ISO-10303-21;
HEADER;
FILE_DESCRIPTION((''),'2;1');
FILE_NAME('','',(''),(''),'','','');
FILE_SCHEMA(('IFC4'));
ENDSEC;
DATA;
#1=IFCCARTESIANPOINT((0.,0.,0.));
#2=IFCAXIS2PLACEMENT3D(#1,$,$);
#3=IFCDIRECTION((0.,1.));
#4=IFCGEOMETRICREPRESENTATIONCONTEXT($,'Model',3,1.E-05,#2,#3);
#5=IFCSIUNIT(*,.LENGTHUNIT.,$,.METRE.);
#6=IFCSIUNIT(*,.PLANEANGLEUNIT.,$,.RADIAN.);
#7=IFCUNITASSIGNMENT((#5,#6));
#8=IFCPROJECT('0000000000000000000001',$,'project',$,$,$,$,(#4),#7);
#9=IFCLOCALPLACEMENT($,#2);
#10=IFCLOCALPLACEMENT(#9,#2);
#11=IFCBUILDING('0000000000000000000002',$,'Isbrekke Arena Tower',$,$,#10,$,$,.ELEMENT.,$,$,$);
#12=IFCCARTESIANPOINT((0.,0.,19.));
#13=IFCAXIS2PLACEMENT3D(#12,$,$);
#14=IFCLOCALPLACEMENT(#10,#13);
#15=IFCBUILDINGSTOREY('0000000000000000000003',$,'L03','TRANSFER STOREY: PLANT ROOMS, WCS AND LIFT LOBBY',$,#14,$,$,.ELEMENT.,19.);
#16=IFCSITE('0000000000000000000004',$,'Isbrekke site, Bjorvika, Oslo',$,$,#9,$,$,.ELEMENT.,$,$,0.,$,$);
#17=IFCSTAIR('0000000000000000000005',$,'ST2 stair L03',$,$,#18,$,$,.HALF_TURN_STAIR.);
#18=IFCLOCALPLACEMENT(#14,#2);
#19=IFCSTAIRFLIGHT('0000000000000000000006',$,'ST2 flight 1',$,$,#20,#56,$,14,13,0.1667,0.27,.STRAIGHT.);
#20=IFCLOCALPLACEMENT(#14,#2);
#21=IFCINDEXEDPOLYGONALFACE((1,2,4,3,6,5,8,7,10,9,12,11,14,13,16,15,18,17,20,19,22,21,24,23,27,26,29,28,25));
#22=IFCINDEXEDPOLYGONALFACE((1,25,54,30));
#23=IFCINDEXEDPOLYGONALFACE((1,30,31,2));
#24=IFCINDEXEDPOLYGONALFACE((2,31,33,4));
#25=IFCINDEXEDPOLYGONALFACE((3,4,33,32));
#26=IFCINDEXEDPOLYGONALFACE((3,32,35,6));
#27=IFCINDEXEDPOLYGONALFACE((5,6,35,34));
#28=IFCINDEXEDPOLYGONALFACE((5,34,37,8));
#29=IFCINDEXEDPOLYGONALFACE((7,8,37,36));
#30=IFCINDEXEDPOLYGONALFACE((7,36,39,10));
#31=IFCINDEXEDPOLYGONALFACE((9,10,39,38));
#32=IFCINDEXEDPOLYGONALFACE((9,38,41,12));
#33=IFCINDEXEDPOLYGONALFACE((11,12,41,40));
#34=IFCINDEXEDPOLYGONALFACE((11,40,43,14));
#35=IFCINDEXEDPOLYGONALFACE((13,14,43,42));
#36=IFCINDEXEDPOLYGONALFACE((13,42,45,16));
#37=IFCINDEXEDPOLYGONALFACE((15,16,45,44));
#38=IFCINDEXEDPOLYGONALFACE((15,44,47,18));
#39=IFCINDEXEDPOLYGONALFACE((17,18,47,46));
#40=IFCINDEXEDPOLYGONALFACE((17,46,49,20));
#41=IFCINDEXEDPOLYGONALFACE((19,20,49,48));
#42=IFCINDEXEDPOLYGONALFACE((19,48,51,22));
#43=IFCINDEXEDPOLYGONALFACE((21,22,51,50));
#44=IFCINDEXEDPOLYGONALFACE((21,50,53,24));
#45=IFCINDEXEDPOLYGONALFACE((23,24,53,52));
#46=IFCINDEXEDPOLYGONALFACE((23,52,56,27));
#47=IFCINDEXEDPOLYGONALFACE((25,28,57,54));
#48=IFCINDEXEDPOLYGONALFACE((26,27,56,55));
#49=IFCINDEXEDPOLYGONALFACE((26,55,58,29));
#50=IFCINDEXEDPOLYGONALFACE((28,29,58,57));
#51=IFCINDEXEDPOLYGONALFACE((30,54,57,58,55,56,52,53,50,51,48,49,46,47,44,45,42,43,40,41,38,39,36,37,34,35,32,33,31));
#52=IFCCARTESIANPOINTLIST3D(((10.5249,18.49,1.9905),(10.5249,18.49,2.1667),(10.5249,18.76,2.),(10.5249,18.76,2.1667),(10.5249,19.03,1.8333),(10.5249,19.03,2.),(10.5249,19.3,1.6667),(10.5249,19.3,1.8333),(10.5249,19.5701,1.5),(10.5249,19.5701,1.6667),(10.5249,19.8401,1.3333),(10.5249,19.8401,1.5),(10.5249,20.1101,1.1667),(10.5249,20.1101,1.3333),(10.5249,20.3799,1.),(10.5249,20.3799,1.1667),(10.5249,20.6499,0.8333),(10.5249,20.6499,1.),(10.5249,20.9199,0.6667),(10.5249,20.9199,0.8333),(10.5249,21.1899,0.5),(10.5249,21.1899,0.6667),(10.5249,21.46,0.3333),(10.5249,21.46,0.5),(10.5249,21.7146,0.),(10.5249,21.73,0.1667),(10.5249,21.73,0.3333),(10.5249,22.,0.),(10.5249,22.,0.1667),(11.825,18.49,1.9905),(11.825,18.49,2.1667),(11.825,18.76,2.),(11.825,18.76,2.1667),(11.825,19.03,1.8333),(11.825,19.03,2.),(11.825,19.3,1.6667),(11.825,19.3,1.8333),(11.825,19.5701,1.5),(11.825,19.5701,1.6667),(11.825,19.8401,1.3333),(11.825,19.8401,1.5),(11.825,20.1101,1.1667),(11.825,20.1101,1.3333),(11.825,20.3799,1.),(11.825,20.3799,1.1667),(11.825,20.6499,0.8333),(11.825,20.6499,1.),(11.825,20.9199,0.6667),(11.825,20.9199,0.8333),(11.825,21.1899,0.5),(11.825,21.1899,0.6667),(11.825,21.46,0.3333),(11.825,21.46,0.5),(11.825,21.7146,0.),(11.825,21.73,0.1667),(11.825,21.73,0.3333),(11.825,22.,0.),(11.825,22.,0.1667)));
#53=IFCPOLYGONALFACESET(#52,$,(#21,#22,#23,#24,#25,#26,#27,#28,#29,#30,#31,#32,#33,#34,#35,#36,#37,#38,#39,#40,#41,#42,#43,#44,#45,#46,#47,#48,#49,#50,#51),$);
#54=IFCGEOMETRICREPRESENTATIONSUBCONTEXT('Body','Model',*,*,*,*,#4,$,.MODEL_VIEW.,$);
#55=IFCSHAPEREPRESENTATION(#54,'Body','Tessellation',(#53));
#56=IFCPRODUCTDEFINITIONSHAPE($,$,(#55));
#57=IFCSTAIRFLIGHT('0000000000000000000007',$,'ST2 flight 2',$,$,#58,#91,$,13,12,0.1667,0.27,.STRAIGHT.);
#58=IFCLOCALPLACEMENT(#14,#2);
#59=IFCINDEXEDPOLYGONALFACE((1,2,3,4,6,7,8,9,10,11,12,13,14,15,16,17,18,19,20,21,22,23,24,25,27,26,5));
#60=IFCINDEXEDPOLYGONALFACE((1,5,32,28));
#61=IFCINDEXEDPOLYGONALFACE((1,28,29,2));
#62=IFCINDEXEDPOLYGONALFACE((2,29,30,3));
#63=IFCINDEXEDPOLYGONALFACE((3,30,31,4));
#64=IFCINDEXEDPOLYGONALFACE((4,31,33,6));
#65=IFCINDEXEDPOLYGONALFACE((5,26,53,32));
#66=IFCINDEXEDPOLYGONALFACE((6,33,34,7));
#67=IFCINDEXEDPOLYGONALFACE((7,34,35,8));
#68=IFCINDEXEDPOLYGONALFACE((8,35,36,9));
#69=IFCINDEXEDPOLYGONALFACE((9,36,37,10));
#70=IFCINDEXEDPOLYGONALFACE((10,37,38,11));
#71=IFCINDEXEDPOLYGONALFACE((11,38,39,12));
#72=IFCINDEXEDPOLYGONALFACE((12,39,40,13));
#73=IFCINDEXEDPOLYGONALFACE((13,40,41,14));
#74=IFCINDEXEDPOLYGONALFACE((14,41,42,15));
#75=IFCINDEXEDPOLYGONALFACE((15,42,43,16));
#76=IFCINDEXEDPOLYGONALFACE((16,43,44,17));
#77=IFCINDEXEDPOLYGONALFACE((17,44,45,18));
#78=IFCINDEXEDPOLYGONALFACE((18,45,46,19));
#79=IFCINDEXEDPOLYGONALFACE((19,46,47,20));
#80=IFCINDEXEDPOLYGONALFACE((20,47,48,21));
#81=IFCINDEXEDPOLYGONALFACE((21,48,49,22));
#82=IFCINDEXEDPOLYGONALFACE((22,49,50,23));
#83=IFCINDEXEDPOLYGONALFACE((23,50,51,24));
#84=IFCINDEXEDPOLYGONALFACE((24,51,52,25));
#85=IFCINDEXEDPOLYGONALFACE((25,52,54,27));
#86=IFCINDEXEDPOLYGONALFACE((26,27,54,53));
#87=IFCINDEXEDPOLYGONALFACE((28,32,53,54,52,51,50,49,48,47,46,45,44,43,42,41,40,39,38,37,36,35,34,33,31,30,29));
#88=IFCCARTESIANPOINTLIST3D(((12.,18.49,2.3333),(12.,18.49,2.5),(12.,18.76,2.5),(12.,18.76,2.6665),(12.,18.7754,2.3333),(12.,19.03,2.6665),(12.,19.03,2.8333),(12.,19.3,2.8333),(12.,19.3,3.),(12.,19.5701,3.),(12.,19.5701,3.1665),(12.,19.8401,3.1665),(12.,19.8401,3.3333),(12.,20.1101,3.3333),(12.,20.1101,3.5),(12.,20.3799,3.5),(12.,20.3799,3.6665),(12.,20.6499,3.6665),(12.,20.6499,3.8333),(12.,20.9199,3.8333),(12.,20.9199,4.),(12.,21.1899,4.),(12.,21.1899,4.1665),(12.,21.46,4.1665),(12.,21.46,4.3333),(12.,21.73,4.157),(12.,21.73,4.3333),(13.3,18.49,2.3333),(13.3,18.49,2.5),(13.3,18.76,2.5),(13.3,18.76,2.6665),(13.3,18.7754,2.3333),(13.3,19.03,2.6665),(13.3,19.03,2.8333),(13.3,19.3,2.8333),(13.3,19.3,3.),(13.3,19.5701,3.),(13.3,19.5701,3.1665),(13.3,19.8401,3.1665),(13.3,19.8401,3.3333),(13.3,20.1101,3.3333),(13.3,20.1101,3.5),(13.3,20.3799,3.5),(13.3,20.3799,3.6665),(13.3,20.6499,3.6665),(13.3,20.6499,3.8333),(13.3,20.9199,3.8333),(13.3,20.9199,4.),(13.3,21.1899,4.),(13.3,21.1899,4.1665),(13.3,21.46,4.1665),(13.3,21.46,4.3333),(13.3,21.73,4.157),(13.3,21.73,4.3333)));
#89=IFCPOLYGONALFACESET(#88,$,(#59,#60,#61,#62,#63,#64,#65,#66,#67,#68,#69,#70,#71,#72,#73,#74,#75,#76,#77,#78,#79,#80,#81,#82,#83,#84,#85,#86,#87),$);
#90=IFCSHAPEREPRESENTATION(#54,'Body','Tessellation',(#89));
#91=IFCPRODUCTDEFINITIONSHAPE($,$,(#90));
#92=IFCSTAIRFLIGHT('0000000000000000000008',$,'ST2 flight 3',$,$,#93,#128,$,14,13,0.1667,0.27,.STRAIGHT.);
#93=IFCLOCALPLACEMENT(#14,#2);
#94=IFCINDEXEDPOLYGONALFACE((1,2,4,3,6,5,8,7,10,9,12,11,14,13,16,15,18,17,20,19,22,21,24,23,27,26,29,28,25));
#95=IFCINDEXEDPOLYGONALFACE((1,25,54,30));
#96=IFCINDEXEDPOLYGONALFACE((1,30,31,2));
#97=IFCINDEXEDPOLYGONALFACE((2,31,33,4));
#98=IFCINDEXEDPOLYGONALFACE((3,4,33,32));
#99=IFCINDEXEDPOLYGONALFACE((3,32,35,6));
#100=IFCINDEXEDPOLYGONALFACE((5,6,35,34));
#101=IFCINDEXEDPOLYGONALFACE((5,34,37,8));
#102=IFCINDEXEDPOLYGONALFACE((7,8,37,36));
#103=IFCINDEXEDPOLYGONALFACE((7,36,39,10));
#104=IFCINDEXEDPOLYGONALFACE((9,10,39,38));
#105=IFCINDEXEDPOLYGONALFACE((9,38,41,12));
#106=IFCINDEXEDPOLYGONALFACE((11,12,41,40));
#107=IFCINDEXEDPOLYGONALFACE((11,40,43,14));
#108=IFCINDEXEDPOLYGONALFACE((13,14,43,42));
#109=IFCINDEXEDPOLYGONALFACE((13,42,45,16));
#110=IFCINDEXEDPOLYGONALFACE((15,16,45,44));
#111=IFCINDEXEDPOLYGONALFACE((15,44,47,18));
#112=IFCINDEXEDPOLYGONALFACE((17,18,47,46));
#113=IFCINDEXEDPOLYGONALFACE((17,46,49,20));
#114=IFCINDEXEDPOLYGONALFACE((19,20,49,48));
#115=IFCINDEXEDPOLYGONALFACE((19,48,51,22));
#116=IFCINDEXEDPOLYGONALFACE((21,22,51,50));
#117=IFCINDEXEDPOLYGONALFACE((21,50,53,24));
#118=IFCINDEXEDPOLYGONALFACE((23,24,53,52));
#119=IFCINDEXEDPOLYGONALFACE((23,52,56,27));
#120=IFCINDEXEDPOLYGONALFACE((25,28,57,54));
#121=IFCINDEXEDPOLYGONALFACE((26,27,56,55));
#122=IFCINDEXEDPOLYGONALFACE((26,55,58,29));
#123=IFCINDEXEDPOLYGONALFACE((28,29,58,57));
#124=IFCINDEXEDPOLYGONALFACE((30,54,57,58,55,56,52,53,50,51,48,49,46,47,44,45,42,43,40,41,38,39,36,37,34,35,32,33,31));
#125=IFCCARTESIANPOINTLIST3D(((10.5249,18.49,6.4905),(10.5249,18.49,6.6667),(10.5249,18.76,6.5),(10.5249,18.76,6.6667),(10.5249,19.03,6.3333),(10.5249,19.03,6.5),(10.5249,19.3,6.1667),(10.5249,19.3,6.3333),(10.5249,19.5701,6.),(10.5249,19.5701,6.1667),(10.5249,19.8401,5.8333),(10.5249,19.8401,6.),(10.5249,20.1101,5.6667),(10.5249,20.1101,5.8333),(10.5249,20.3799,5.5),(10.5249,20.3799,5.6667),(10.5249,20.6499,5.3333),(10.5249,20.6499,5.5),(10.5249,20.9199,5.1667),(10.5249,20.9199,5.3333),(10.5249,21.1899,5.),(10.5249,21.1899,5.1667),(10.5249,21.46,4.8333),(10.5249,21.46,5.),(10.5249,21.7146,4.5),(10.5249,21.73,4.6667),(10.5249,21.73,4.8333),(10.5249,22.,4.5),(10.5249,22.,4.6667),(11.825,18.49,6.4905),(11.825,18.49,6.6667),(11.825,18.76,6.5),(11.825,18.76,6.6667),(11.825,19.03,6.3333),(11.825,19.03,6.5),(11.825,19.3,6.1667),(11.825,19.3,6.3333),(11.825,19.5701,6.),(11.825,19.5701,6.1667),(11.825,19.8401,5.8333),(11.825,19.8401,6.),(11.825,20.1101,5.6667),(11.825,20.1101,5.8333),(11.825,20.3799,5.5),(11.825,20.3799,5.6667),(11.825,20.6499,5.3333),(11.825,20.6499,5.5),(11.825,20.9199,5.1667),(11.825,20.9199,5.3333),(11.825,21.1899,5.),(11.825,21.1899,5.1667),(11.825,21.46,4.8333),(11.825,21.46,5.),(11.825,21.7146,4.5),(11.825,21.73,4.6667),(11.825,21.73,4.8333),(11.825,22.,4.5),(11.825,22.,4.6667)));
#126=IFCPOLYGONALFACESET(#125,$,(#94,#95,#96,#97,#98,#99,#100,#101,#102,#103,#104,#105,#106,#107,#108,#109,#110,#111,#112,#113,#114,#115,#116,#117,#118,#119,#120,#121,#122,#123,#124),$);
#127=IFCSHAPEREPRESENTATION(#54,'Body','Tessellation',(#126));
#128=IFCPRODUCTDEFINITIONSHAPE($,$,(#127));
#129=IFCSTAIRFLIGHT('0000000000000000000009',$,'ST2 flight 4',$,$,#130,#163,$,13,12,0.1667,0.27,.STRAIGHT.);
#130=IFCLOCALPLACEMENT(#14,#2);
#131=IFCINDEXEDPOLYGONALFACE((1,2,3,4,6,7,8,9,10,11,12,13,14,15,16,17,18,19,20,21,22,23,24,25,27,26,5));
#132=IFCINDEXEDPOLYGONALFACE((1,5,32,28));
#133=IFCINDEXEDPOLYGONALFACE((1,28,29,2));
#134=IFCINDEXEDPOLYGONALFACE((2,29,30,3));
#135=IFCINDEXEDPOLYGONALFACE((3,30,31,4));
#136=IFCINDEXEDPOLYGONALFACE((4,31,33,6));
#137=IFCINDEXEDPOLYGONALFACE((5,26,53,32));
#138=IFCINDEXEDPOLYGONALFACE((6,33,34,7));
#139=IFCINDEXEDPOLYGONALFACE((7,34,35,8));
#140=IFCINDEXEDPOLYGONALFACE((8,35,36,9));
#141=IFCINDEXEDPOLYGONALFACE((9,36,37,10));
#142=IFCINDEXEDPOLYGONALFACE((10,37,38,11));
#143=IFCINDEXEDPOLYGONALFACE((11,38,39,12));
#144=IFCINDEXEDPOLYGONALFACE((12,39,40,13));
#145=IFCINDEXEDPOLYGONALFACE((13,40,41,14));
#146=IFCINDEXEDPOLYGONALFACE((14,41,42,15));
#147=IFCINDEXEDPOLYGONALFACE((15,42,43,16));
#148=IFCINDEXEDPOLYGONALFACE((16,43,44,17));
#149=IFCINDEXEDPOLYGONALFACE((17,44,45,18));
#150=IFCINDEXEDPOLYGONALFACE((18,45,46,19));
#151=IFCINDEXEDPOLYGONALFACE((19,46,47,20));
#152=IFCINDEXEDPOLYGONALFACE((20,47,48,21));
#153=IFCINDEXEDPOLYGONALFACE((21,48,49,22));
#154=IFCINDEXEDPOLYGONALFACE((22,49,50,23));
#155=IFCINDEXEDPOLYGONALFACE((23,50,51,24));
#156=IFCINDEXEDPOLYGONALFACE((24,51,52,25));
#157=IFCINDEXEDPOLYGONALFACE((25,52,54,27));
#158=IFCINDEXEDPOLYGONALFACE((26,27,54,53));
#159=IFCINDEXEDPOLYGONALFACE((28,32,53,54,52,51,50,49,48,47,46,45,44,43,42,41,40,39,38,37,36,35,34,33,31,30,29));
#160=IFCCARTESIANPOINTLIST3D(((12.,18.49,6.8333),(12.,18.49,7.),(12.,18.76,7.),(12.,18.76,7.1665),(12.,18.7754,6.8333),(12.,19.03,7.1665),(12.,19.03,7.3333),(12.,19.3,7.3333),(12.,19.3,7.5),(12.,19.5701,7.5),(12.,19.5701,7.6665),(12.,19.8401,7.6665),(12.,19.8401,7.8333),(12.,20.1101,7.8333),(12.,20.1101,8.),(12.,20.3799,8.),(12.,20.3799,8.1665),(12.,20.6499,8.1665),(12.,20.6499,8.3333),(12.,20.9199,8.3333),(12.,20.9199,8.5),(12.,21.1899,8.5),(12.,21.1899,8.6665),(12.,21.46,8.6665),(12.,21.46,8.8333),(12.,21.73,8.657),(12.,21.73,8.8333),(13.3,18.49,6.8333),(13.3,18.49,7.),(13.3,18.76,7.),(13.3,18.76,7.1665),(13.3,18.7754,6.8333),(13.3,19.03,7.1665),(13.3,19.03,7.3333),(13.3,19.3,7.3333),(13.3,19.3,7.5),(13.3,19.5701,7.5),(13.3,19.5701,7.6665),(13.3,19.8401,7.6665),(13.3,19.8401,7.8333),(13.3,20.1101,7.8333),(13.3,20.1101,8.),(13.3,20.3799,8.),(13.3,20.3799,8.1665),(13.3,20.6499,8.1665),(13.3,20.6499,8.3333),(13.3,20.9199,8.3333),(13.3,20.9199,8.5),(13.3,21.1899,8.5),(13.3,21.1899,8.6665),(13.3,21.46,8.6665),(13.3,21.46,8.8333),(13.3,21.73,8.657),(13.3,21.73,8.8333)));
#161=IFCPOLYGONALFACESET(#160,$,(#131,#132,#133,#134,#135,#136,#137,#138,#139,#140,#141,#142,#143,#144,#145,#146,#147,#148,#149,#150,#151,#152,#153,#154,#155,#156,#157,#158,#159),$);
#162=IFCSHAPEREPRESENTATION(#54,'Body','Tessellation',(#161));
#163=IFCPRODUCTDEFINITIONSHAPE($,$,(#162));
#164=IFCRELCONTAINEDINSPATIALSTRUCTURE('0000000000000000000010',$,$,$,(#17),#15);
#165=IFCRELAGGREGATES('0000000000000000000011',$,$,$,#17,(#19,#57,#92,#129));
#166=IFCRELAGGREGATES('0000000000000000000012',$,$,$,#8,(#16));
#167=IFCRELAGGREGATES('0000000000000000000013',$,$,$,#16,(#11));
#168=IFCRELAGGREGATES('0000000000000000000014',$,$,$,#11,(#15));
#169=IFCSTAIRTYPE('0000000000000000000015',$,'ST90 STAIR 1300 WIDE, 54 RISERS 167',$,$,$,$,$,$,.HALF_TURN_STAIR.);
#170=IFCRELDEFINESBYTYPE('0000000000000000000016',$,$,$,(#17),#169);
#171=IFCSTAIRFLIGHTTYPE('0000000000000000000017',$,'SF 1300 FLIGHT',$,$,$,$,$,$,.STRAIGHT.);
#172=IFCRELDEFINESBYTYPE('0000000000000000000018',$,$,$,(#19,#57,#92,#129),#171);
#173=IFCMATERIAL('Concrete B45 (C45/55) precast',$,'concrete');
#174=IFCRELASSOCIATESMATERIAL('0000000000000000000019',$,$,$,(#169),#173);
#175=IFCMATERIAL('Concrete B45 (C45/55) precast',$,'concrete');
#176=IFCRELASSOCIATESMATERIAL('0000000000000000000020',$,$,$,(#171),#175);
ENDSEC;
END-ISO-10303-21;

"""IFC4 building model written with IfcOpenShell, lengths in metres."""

from ifc_helpers import new_model, si_unit, direction, frame, origin, place, context, subcontext, project, spatial, polyline, outline, extrude, material, type_object, element, aggregate, save


model = new_model("IFC4")

# Units and contexts
model_context = context("Model", 3, precision=1e-05, world=origin(), true_north=direction((0.0, 1.0)))
body_context = subcontext(model_context, "Body", "Model", "MODEL_VIEW")
ifc_project = project(units=[si_unit("LENGTHUNIT", "METRE"), si_unit("PLANEANGLEUNIT", "RADIAN")], contexts=[model_context])

# Site, building, storey
site_placement = place(None, origin())
site = spatial("IfcSite", under=ifc_project, at=site_placement, Name="Isbrekke site, Bjorvika, Oslo", CompositionType="ELEMENT", RefElevation=0.0)
building_placement = place(site_placement, origin())
building = spatial("IfcBuilding", under=site, at=building_placement, Name="Isbrekke Arena Tower", CompositionType="ELEMENT")
storey_placement = place(building_placement, frame((0.0, 0.0, 19.0)))
storey = spatial("IfcBuildingStorey", under=building, at=storey_placement, Name="L03", Description="TRANSFER STOREY: PLANT ROOMS, WCS AND LIFT LOBBY", CompositionType="ELEMENT", Elevation=19.0)

# Stair, stair flights
ifc_material_1 = material(Name="Concrete B45 (C45/55) precast", Category="concrete")
stair_type = type_object("IfcStairType", Name="ST90 STAIR 1300 WIDE, 54 RISERS 167", PredefinedType="HALF_TURN_STAIR", material=ifc_material_1)
stair_placement = place(storey_placement, origin())
stair = element("IfcStair", 1, at=stair_placement, inside=storey, type_object=stair_type, Name="ST2 stair L03", PredefinedType="HALF_TURN_STAIR")
ifc_material_2 = material(Name="Concrete B45 (C45/55) precast", Category="concrete")
stair_flight_type = type_object("IfcStairFlightType", Name="SF 1300 FLIGHT", PredefinedType="STRAIGHT", material=ifc_material_2)
stair_flight_1_placement = place(storey_placement, frame((11.175, 22.0, 0.0), z_axis=(0.0, 0.0, 1.0), x_axis=(0.0, -1.0, 0.0)))
stair_flight_1 = element("IfcStairFlight", 2, at=stair_flight_1_placement, type_object=stair_flight_type, Name="ST2 flight 1", NumberOfRisers=14, NumberOfTreads=13, PredefinedType="STRAIGHT", RiserHeight=0.1667, TreadLength=0.27, context=body_context, shape_type="SweptSolid", body=[
    extrude(outline(polyline([(0.0, 0.0), (0.0, 0.1667), (0.27, 0.1667), (0.27, 0.3333), (0.54, 0.3333), (0.54, 0.5), (0.8101, 0.5), (0.8101, 0.6667), (1.0801, 0.6667), (1.0801, 0.8333), (1.3501, 0.8333), (1.3501, 1.0), (1.6201, 1.0), (1.6201, 1.1667), (1.8899, 1.1667), (1.8899, 1.3333), (2.1599, 1.3333), (2.1599, 1.5), (2.4299, 1.5), (2.4299, 1.6667), (2.7, 1.6667), (2.7, 1.8333), (2.97, 1.8333), (2.97, 2.0), (3.24, 2.0), (3.24, 2.1667), (3.51, 2.1667), (3.51, 2.3333), (3.51, 1.9905), (0.2854, 0.0), (0.0, 0.0)])), frame((0.0, 0.6499, 0.0), z_axis=(0.0, -1.0, 0.0), x_axis=(1.0, 0.0, 0.0)), (0.0, 0.0, 1.0), 1.3),
])
stair_flight_2_placement = place(storey_placement, frame((12.6499, 18.49, 2.3333), z_axis=(0.0, 0.0, 1.0), x_axis=(0.0, 1.0, 0.0)))
stair_flight_2 = element("IfcStairFlight", 3, at=stair_flight_2_placement, type_object=stair_flight_type, Name="ST2 flight 2", NumberOfRisers=13, NumberOfTreads=12, PredefinedType="STRAIGHT", RiserHeight=0.1667, TreadLength=0.27, context=body_context, shape_type="SweptSolid", body=[
    extrude(outline(polyline([(0.0, 0.0), (0.0, 0.1667), (0.27, 0.1667), (0.27, 0.3333), (0.54, 0.3333), (0.54, 0.5), (0.8101, 0.5), (0.8101, 0.6667), (1.0801, 0.6667), (1.0801, 0.8333), (1.3501, 0.8333), (1.3501, 1.0), (1.6201, 1.0), (1.6201, 1.1667), (1.8899, 1.1667), (1.8899, 1.3333), (2.1599, 1.3333), (2.1599, 1.5), (2.4299, 1.5), (2.4299, 1.6667), (2.7, 1.6667), (2.7, 1.8333), (2.97, 1.8333), (2.97, 2.0), (3.24, 2.0), (3.24, 2.1667), (3.24, 1.8237), (0.2854, 0.0), (0.0, 0.0)])), frame((0.0, 0.6499, 0.0), z_axis=(0.0, -1.0, 0.0), x_axis=(1.0, 0.0, 0.0)), (0.0, 0.0, 1.0), 1.3),
])
stair_flight_3_placement = place(storey_placement, frame((11.175, 22.0, 4.5), z_axis=(0.0, 0.0, 1.0), x_axis=(0.0, -1.0, 0.0)))
stair_flight_3 = element("IfcStairFlight", 4, at=stair_flight_3_placement, type_object=stair_flight_type, Name="ST2 flight 3", NumberOfRisers=14, NumberOfTreads=13, PredefinedType="STRAIGHT", RiserHeight=0.1667, TreadLength=0.27, context=body_context, shape_type="SweptSolid", body=[
    extrude(outline(polyline([(0.0, 0.0), (0.0, 0.1667), (0.27, 0.1667), (0.27, 0.3333), (0.54, 0.3333), (0.54, 0.5), (0.8101, 0.5), (0.8101, 0.6667), (1.0801, 0.6667), (1.0801, 0.8333), (1.3501, 0.8333), (1.3501, 1.0), (1.6201, 1.0), (1.6201, 1.1667), (1.8899, 1.1667), (1.8899, 1.3333), (2.1599, 1.3333), (2.1599, 1.5), (2.4299, 1.5), (2.4299, 1.6667), (2.7, 1.6667), (2.7, 1.8333), (2.97, 1.8333), (2.97, 2.0), (3.24, 2.0), (3.24, 2.1667), (3.51, 2.1667), (3.51, 2.3333), (3.51, 1.9905), (0.2854, 0.0), (0.0, 0.0)])), frame((0.0, 0.6499, 0.0), z_axis=(0.0, -1.0, 0.0), x_axis=(1.0, 0.0, 0.0)), (0.0, 0.0, 1.0), 1.3),
])
stair_flight_4_placement = place(storey_placement, frame((12.6499, 18.49, 6.8333), z_axis=(0.0, 0.0, 1.0), x_axis=(0.0, 1.0, 0.0)))
stair_flight_4 = element("IfcStairFlight", 5, at=stair_flight_4_placement, type_object=stair_flight_type, Name="ST2 flight 4", NumberOfRisers=13, NumberOfTreads=12, PredefinedType="STRAIGHT", RiserHeight=0.1667, TreadLength=0.27, context=body_context, shape_type="SweptSolid", body=[
    extrude(outline(polyline([(0.0, 0.0), (0.0, 0.1667), (0.27, 0.1667), (0.27, 0.3333), (0.54, 0.3333), (0.54, 0.5), (0.8101, 0.5), (0.8101, 0.6667), (1.0801, 0.6667), (1.0801, 0.8333), (1.3501, 0.8333), (1.3501, 1.0), (1.6201, 1.0), (1.6201, 1.1667), (1.8899, 1.1667), (1.8899, 1.3333), (2.1599, 1.3333), (2.1599, 1.5), (2.4299, 1.5), (2.4299, 1.6667), (2.7, 1.6667), (2.7, 1.8333), (2.97, 1.8333), (2.97, 2.0), (3.24, 2.0), (3.24, 2.1667), (3.24, 1.8237), (0.2854, 0.0), (0.0, 0.0)])), frame((0.0, 0.6499, 0.0), z_axis=(0.0, -1.0, 0.0), x_axis=(1.0, 0.0, 0.0)), (0.0, 0.0, 1.0), 1.3),
])
aggregate(stair, [stair_flight_1, stair_flight_2, stair_flight_3, stair_flight_4])

save(model, "model.ifc")
